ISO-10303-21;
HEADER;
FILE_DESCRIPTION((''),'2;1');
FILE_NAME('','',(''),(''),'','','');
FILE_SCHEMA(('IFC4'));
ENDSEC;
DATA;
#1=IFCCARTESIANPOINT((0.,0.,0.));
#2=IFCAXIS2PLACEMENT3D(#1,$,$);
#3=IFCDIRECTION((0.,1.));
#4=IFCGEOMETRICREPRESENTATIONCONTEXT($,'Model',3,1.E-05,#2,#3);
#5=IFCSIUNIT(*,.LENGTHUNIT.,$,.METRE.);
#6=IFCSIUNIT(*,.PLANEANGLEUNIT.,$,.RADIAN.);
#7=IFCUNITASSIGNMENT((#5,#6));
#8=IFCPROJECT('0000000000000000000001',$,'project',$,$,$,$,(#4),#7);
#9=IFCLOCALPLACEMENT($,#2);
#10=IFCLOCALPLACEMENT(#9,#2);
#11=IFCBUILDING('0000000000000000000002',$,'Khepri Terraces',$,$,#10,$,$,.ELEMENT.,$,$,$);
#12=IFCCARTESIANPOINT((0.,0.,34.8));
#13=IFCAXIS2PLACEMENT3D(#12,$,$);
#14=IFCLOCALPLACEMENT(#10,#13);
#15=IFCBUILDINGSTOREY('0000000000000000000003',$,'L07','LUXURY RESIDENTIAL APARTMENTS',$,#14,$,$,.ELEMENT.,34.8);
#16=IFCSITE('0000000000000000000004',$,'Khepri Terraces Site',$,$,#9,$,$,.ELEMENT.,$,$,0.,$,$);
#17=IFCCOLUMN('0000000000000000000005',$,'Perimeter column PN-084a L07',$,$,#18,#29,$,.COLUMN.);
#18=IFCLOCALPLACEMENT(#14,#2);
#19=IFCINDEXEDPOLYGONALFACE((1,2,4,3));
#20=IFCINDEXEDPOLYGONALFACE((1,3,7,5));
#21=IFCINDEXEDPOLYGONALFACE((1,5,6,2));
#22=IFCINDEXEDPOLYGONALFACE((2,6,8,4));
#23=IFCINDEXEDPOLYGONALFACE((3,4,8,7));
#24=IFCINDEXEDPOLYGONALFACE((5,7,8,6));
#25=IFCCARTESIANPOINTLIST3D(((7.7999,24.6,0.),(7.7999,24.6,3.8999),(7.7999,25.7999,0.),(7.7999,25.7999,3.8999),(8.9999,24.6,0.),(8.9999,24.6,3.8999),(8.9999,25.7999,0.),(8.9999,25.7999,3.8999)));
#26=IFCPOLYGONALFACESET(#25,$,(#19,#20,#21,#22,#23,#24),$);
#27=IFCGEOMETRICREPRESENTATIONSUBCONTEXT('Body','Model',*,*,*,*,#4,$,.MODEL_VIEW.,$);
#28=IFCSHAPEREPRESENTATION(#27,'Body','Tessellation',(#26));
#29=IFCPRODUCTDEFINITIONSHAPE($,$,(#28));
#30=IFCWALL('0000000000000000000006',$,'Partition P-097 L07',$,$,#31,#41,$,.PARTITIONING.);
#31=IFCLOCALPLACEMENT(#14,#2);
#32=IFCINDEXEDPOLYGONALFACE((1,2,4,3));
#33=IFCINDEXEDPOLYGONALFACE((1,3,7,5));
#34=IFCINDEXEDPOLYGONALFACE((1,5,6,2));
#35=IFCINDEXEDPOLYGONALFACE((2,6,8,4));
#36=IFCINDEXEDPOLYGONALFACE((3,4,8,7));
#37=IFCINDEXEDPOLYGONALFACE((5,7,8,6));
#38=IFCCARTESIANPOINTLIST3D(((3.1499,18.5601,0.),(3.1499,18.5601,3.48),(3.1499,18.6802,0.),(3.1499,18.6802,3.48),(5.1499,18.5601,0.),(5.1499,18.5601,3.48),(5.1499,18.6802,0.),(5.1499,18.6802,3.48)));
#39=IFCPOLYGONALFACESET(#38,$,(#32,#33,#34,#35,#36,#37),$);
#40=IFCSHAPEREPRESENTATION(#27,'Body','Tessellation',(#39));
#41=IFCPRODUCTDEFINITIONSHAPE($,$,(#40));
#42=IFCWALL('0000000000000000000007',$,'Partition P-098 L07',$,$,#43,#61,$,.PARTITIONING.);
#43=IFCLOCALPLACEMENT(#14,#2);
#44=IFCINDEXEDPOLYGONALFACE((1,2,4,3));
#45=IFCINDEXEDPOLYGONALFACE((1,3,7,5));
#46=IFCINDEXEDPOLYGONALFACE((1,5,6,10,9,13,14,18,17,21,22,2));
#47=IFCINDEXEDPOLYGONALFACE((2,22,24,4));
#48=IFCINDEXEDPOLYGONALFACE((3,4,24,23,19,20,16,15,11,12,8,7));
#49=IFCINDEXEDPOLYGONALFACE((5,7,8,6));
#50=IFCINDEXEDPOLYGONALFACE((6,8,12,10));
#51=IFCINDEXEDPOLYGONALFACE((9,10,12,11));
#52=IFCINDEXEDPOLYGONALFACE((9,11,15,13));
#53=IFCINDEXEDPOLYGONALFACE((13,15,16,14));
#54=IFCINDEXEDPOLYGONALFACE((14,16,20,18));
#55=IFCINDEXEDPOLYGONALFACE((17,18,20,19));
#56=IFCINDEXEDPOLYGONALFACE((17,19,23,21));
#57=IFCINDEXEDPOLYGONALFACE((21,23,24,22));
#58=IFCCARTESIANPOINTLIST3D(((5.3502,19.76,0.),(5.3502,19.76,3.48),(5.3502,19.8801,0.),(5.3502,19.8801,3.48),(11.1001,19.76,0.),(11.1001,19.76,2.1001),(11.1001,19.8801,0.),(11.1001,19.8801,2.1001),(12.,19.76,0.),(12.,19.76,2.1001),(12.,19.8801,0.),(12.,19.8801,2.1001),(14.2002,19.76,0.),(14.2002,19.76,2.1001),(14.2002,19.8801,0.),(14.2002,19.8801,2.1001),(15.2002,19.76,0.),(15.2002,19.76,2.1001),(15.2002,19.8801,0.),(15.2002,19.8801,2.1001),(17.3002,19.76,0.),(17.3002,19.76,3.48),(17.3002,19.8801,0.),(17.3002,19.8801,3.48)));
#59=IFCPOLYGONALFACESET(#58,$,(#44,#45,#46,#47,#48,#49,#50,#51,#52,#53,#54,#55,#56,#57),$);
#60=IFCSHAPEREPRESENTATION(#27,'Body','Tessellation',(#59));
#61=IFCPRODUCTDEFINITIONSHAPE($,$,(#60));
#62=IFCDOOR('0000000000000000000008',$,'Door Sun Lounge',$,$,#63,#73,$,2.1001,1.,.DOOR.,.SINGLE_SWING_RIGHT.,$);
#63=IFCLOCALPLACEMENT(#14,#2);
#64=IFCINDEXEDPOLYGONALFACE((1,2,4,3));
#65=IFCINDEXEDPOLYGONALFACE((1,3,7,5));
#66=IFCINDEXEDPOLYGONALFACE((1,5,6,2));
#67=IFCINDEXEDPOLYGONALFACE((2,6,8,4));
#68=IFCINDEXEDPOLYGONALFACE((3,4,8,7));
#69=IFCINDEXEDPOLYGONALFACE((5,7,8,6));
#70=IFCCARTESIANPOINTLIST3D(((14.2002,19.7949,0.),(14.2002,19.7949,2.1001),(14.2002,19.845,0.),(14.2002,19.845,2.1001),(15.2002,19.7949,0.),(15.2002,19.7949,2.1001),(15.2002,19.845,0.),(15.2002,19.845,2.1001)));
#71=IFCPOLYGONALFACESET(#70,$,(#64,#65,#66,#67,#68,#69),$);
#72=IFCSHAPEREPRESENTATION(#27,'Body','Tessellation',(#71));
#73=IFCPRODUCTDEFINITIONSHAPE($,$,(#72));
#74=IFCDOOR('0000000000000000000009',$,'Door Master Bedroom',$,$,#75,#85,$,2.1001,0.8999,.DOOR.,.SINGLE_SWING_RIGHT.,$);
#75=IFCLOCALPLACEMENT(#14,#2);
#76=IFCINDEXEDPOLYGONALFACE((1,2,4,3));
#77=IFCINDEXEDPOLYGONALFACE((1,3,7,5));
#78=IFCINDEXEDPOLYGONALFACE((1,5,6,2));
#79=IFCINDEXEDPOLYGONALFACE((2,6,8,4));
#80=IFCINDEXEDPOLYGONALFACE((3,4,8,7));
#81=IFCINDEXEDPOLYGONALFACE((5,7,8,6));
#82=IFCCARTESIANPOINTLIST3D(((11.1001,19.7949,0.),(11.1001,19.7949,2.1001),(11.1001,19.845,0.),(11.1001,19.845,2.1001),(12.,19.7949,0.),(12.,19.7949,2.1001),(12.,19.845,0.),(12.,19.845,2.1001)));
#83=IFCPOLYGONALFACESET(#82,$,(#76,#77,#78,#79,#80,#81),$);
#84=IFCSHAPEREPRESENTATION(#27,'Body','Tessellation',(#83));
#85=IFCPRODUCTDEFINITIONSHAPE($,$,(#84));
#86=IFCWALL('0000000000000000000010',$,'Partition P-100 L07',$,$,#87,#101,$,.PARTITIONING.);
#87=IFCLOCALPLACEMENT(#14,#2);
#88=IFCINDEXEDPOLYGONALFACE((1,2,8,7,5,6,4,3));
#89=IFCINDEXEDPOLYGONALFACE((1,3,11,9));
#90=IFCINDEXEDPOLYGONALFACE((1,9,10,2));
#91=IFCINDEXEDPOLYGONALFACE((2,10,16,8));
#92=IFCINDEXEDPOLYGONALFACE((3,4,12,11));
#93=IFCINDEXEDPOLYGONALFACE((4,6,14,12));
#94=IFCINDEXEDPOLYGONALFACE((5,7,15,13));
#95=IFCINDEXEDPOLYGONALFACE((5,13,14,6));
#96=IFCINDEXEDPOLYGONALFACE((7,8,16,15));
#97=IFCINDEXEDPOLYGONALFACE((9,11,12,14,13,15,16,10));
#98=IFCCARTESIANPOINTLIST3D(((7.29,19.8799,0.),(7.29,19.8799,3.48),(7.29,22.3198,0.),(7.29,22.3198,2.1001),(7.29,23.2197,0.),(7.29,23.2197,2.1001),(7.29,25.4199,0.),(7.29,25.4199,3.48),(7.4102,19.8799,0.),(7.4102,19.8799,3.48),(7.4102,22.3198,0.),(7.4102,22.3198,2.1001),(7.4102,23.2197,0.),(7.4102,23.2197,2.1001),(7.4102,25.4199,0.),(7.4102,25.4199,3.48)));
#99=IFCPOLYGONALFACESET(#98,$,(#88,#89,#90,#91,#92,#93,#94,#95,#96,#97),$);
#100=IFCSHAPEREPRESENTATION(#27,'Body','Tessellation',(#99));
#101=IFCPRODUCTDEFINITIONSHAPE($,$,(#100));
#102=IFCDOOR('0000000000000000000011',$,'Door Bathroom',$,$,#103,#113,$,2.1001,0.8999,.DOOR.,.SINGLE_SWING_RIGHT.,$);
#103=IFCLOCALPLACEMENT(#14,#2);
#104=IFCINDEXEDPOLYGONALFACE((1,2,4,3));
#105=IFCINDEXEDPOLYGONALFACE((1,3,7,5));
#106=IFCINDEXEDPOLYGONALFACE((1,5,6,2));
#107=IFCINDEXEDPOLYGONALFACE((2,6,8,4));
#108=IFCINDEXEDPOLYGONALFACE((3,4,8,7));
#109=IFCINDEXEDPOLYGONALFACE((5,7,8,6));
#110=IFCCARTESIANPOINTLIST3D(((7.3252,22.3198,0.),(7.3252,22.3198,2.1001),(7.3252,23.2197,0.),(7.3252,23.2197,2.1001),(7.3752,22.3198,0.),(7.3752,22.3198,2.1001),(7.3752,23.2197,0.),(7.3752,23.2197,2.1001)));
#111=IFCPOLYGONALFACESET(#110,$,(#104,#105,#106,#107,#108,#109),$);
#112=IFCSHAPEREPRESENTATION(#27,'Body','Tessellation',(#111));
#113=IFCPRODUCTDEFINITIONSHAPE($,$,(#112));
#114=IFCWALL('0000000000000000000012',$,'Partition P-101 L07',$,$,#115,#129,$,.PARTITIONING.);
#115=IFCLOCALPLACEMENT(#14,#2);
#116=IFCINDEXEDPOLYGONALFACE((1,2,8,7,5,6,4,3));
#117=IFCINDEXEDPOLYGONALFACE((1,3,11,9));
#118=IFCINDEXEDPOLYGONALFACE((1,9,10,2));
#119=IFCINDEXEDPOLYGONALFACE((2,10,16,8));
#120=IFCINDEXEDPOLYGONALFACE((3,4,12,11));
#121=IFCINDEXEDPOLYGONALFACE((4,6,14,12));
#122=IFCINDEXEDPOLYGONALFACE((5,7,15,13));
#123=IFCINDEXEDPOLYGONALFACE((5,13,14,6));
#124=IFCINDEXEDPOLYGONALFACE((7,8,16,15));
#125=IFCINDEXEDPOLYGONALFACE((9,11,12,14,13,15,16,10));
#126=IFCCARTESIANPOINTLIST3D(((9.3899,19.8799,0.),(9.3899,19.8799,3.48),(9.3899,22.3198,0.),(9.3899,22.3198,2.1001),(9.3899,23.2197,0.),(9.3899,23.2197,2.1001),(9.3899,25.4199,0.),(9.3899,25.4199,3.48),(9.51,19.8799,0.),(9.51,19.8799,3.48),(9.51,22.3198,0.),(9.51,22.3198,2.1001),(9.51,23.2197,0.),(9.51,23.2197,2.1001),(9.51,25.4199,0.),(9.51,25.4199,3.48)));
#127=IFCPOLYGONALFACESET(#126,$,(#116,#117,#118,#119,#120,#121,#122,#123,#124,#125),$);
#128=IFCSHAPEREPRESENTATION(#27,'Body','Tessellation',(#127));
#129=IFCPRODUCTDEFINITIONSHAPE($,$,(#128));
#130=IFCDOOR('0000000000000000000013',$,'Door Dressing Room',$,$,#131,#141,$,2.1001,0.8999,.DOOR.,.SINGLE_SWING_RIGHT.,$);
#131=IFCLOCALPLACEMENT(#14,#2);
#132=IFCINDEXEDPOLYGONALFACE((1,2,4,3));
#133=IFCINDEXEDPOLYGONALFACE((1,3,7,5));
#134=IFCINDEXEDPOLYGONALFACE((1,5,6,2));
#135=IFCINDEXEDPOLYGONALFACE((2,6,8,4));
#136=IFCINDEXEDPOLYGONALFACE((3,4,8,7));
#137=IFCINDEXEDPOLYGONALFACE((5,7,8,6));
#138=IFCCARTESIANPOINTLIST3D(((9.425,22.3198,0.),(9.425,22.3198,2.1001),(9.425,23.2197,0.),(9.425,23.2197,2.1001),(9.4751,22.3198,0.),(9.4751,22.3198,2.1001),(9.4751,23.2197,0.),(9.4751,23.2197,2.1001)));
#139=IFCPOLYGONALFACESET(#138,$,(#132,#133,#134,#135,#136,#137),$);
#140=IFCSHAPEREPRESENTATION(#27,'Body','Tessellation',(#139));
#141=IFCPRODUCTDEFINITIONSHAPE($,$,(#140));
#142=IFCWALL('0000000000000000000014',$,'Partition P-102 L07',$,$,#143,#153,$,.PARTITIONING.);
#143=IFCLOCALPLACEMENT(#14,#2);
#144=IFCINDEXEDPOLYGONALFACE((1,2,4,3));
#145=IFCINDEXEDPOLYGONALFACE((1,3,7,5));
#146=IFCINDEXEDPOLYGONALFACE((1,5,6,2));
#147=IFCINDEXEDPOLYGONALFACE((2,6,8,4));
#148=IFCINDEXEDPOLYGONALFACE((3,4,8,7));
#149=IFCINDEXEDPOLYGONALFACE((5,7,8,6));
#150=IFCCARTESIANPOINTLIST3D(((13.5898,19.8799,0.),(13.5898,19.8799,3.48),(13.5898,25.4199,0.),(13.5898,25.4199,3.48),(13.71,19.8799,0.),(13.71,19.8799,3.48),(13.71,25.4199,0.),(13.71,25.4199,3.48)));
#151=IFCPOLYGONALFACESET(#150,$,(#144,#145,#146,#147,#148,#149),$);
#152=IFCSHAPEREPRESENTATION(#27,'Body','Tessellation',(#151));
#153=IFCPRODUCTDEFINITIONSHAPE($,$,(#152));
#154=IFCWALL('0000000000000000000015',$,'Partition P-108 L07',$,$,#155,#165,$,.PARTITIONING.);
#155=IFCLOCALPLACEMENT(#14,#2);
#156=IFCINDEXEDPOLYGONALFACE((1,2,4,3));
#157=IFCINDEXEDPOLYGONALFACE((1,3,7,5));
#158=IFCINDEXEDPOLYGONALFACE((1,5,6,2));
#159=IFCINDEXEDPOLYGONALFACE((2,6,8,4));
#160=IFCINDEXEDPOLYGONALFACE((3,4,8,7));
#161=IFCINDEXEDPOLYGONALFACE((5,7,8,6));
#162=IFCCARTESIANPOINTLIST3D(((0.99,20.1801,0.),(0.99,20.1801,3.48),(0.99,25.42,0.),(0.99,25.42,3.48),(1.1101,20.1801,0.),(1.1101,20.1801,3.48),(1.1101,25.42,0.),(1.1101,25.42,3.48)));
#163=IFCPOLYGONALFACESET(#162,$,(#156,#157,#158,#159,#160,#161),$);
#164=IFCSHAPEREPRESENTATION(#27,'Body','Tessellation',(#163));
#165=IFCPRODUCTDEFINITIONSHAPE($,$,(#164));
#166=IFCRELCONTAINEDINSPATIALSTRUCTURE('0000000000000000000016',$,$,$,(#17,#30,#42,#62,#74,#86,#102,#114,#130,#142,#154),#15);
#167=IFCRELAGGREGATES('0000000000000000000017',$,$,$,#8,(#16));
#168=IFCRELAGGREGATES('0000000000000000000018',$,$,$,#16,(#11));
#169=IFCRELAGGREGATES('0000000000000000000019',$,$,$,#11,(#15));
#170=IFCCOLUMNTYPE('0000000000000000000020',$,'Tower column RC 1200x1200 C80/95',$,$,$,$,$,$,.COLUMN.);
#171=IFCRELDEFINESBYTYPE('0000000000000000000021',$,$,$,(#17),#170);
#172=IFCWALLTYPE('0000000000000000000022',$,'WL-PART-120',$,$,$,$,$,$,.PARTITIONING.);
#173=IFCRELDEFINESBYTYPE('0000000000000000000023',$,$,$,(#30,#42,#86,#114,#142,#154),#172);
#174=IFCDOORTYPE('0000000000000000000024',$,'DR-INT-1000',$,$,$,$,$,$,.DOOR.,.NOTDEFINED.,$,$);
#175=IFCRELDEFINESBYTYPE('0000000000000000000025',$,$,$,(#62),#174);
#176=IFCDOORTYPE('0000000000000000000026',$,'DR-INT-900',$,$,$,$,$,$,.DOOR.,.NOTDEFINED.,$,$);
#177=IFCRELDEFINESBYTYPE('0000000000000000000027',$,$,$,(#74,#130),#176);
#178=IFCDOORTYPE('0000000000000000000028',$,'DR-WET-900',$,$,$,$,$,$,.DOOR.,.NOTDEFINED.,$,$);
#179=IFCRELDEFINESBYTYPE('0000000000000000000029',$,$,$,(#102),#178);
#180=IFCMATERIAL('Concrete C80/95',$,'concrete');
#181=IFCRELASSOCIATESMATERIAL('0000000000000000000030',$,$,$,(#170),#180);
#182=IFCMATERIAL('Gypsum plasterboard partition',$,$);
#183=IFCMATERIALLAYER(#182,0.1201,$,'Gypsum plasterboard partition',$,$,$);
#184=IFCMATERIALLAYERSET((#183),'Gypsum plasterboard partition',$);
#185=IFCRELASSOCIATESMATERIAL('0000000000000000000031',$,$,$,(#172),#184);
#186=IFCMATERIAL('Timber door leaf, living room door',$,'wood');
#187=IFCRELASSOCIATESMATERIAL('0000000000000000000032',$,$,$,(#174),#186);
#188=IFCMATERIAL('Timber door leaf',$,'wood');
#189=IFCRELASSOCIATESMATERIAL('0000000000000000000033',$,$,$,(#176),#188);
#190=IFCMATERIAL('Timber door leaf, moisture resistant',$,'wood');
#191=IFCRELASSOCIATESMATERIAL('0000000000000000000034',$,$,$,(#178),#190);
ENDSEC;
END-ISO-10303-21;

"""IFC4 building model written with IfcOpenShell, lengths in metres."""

from ifc_helpers import new_model, si_unit, direction, frame, frame_2d, origin, origin_2d, place, context, subcontext, project, spatial, rectangle, extrude, material, layer, layer_set, material_profile, profile_set, type_object, element, fill, save


model = new_model("IFC4")

# Units and contexts
model_context = context("Model", 3, precision=1e-05, world=origin(), true_north=direction((0.0, 1.0)))
body_context = subcontext(model_context, "Body", "Model", "MODEL_VIEW")
ifc_project = project(units=[si_unit("LENGTHUNIT", "METRE"), si_unit("PLANEANGLEUNIT", "RADIAN")], contexts=[model_context])

# Site, building, storey
site_placement = place(None, origin())
site = spatial("IfcSite", under=ifc_project, at=site_placement, Name="Khepri Terraces Site", CompositionType="ELEMENT", RefElevation=0.0)
building_placement = place(site_placement, origin())
building = spatial("IfcBuilding", under=site, at=building_placement, Name="Khepri Terraces", CompositionType="ELEMENT")
storey_placement = place(building_placement, frame((0.0, 0.0, 34.8)))
storey = spatial("IfcBuildingStorey", under=building, at=storey_placement, Name="L07", Description="LUXURY RESIDENTIAL APARTMENTS", CompositionType="ELEMENT", Elevation=34.8)

# Column
ifc_material_1 = material(Name="Concrete C80/95", Category="concrete")
ifc_material_profile = material_profile(ifc_material_1, rectangle(XDim=1.2, YDim=1.2, at=origin_2d()), Name="Concrete C80/95", Category="concrete")
ifc_profile_set = profile_set([ifc_material_profile], Name="Concrete C80/95")
column_type = type_object("IfcColumnType", Name="Tower column RC 1200x1200 C80/95", PredefinedType="COLUMN", material=ifc_profile_set)
column_placement = place(storey_placement, frame((8.3999, 25.2, 0.0), z_axis=(0.0, 0.0, 1.0), x_axis=(1.0, 0.0, 0.0)))
element("IfcColumn", 1, at=column_placement, inside=storey, type_object=column_type, Name="Perimeter column PN-084a L07", PredefinedType="COLUMN", context=body_context, shape_type="SweptSolid", body=[
    extrude(rectangle(XDim=1.2, YDim=1.2, at=origin_2d()), origin(), (0.0, 0.0, 1.0), 3.8999),
])

# Wall
ifc_material_2 = material(Name="Gypsum plasterboard partition")
ifc_layer_1 = layer(ifc_material_2, 0.1201, Name="Gypsum plasterboard partition")
ifc_layer_set_1 = layer_set([ifc_layer_1], Name="Gypsum plasterboard partition")
wall_type_1 = type_object("IfcWallType", Name="WL-PART-120", PredefinedType="PARTITIONING", material=ifc_layer_set_1)
wall_1_placement = place(storey_placement, frame((3.1499, 18.6201, 0.0), z_axis=(0.0, 0.0, 1.0), x_axis=(1.0, 0.0, 0.0)))
element("IfcWall", 2, at=wall_1_placement, inside=storey, type_object=wall_type_1, Name="Partition P-097 L07", PredefinedType="PARTITIONING", context=body_context, shape_type="SweptSolid", body=[
    extrude(rectangle(XDim=2.0, YDim=0.1201, at=frame_2d((1.0, 0.0))), origin(), (0.0, 0.0, 1.0), 3.48),
])

# Wall, openings, doors
wall_2_placement = place(storey_placement, frame((5.3501, 19.8201, 0.0), z_axis=(0.0, 0.0, 1.0), x_axis=(1.0, 0.0, 0.0)))
wall_2 = element("IfcWall", 3, at=wall_2_placement, inside=storey, type_object=wall_type_1, Name="Partition P-098 L07", PredefinedType="PARTITIONING", context=body_context, shape_type="SweptSolid", body=[
    extrude(rectangle(XDim=11.95, YDim=0.1201, at=frame_2d((5.9751, 0.0))), origin(), (0.0, 0.0, 1.0), 3.48),
])
opening_1_placement = place(wall_2_placement, frame((8.8501, 0.0, 0.0)))
opening_1 = element("IfcOpeningElement", 4, at=opening_1_placement, cuts=wall_2, PredefinedType="OPENING", context=body_context, shape_type="SweptSolid", body=[
    extrude(rectangle(XDim=1.0, YDim=2.1001, at=frame_2d((0.5, 1.05))), frame((0.0, 0.0701, 0.0), z_axis=(0.0, -1.0, 0.0), x_axis=(1.0, 0.0, 0.0)), (0.0, 0.0, 1.0), 0.1401),
])
opening_2_placement = place(wall_2_placement, frame((5.75, 0.0, 0.0)))
opening_2 = element("IfcOpeningElement", 5, at=opening_2_placement, cuts=wall_2, PredefinedType="OPENING", context=body_context, shape_type="SweptSolid", body=[
    extrude(rectangle(XDim=0.8999, YDim=2.1001, at=frame_2d((0.45, 1.05))), frame((0.0, 0.0701, 0.0), z_axis=(0.0, -1.0, 0.0), x_axis=(1.0, 0.0, 0.0)), (0.0, 0.0, 1.0), 0.1401),
])
ifc_material_3 = material(Name="Timber door leaf, living room door", Category="wood")
door_type_1 = type_object("IfcDoorType", Name="DR-INT-1000", OperationType="NOTDEFINED", PredefinedType="DOOR", material=ifc_material_3)
door_1_placement = place(opening_1_placement, origin())
door_1 = element("IfcDoor", 6, at=door_1_placement, inside=storey, type_object=door_type_1, Name="Door Sun Lounge", OperationType="SINGLE_SWING_RIGHT", OverallHeight=2.1001, OverallWidth=1.0, PredefinedType="DOOR", context=body_context, shape_type="SweptSolid", body=[
    extrude(rectangle(XDim=1.0, YDim=2.1001, at=frame_2d((0.5, 1.05))), frame((0.0, 0.0249, 0.0), z_axis=(0.0, -1.0, 0.0), x_axis=(1.0, 0.0, 0.0)), (0.0, 0.0, 1.0), 0.05),
])
fill(opening_1, door_1)
ifc_material_4 = material(Name="Timber door leaf", Category="wood")
door_type_2 = type_object("IfcDoorType", Name="DR-INT-900", OperationType="NOTDEFINED", PredefinedType="DOOR", material=ifc_material_4)
door_2_placement = place(opening_2_placement, origin())
door_2 = element("IfcDoor", 7, at=door_2_placement, inside=storey, type_object=door_type_2, Name="Door Master Bedroom", OperationType="SINGLE_SWING_RIGHT", OverallHeight=2.1001, OverallWidth=0.8999, PredefinedType="DOOR", context=body_context, shape_type="SweptSolid", body=[
    extrude(rectangle(XDim=0.8999, YDim=2.1001, at=frame_2d((0.45, 1.05))), frame((0.0, 0.0249, 0.0), z_axis=(0.0, -1.0, 0.0), x_axis=(1.0, 0.0, 0.0)), (0.0, 0.0, 1.0), 0.05),
])
fill(opening_2, door_2)

# Walls, openings, doors
wall_3_placement = place(storey_placement, frame((7.3501, 19.8799, 0.0), z_axis=(0.0, 0.0, 1.0), x_axis=(0.0, 1.0, 0.0)))
wall_3 = element("IfcWall", 8, at=wall_3_placement, inside=storey, type_object=wall_type_1, Name="Partition P-100 L07", PredefinedType="PARTITIONING", context=body_context, shape_type="SweptSolid", body=[
    extrude(rectangle(XDim=5.54, YDim=0.1201, at=frame_2d((2.77, 0.0))), origin(), (0.0, 0.0, 1.0), 3.48),
])
opening_3_placement = place(wall_3_placement, frame((2.4399, 0.0, 0.0)))
opening_3 = element("IfcOpeningElement", 9, at=opening_3_placement, cuts=wall_3, PredefinedType="OPENING", context=body_context, shape_type="SweptSolid", body=[
    extrude(rectangle(XDim=0.8999, YDim=2.1001, at=frame_2d((0.45, 1.05))), frame((0.0, 0.0701, 0.0), z_axis=(0.0, -1.0, 0.0), x_axis=(1.0, 0.0, 0.0)), (0.0, 0.0, 1.0), 0.1401),
])
ifc_material_5 = material(Name="Timber door leaf, moisture resistant", Category="wood")
door_type_3 = type_object("IfcDoorType", Name="DR-WET-900", OperationType="NOTDEFINED", PredefinedType="DOOR", material=ifc_material_5)
door_3_placement = place(opening_3_placement, origin())
door_3 = element("IfcDoor", 10, at=door_3_placement, inside=storey, type_object=door_type_3, Name="Door Bathroom", OperationType="SINGLE_SWING_RIGHT", OverallHeight=2.1001, OverallWidth=0.8999, PredefinedType="DOOR", context=body_context, shape_type="SweptSolid", body=[
    extrude(rectangle(XDim=0.8999, YDim=2.1001, at=frame_2d((0.45, 1.05))), frame((0.0, 0.0249, 0.0), z_axis=(0.0, -1.0, 0.0), x_axis=(1.0, 0.0, 0.0)), (0.0, 0.0, 1.0), 0.05),
])
fill(opening_3, door_3)
wall_4_placement = place(storey_placement, frame((9.45, 19.8799, 0.0), z_axis=(0.0, 0.0, 1.0), x_axis=(0.0, 1.0, 0.0)))
wall_4 = element("IfcWall", 11, at=wall_4_placement, inside=storey, type_object=wall_type_1, Name="Partition P-101 L07", PredefinedType="PARTITIONING", context=body_context, shape_type="SweptSolid", body=[
    extrude(rectangle(XDim=5.54, YDim=0.1201, at=frame_2d((2.77, 0.0))), origin(), (0.0, 0.0, 1.0), 3.48),
])
opening_4_placement = place(wall_4_placement, frame((2.4399, 0.0, 0.0)))
opening_4 = element("IfcOpeningElement", 12, at=opening_4_placement, cuts=wall_4, PredefinedType="OPENING", context=body_context, shape_type="SweptSolid", body=[
    extrude(rectangle(XDim=0.8999, YDim=2.1001, at=frame_2d((0.45, 1.05))), frame((0.0, 0.0701, 0.0), z_axis=(0.0, -1.0, 0.0), x_axis=(1.0, 0.0, 0.0)), (0.0, 0.0, 1.0), 0.1401),
])
door_4_placement = place(opening_4_placement, origin())
door_4 = element("IfcDoor", 13, at=door_4_placement, inside=storey, type_object=door_type_2, Name="Door Dressing Room", OperationType="SINGLE_SWING_RIGHT", OverallHeight=2.1001, OverallWidth=0.8999, PredefinedType="DOOR", context=body_context, shape_type="SweptSolid", body=[
    extrude(rectangle(XDim=0.8999, YDim=2.1001, at=frame_2d((0.45, 1.05))), frame((0.0, 0.0249, 0.0), z_axis=(0.0, -1.0, 0.0), x_axis=(1.0, 0.0, 0.0)), (0.0, 0.0, 1.0), 0.05),
])
fill(opening_4, door_4)

# Walls
wall_5_placement = place(storey_placement, frame((13.6499, 19.8799, 0.0), z_axis=(0.0, 0.0, 1.0), x_axis=(0.0, 1.0, 0.0)))
element("IfcWall", 14, at=wall_5_placement, inside=storey, type_object=wall_type_1, Name="Partition P-102 L07", PredefinedType="PARTITIONING", context=body_context, shape_type="SweptSolid", body=[
    extrude(rectangle(XDim=5.54, YDim=0.1201, at=frame_2d((2.77, 0.0))), origin(), (0.0, 0.0, 1.0), 3.48),
])
wall_6_placement = place(storey_placement, frame((1.05, 20.1799, 0.0), z_axis=(0.0, 0.0, 1.0), x_axis=(0.0, 1.0, 0.0)))
element("IfcWall", 15, at=wall_6_placement, inside=storey, type_object=wall_type_1, Name="Partition P-108 L07", PredefinedType="PARTITIONING", context=body_context, shape_type="SweptSolid", body=[
    extrude(rectangle(XDim=5.24, YDim=0.1201, at=frame_2d((2.6201, 0.0))), origin(), (0.0, 0.0, 1.0), 3.48),
])

save(model, "model.ifc")
